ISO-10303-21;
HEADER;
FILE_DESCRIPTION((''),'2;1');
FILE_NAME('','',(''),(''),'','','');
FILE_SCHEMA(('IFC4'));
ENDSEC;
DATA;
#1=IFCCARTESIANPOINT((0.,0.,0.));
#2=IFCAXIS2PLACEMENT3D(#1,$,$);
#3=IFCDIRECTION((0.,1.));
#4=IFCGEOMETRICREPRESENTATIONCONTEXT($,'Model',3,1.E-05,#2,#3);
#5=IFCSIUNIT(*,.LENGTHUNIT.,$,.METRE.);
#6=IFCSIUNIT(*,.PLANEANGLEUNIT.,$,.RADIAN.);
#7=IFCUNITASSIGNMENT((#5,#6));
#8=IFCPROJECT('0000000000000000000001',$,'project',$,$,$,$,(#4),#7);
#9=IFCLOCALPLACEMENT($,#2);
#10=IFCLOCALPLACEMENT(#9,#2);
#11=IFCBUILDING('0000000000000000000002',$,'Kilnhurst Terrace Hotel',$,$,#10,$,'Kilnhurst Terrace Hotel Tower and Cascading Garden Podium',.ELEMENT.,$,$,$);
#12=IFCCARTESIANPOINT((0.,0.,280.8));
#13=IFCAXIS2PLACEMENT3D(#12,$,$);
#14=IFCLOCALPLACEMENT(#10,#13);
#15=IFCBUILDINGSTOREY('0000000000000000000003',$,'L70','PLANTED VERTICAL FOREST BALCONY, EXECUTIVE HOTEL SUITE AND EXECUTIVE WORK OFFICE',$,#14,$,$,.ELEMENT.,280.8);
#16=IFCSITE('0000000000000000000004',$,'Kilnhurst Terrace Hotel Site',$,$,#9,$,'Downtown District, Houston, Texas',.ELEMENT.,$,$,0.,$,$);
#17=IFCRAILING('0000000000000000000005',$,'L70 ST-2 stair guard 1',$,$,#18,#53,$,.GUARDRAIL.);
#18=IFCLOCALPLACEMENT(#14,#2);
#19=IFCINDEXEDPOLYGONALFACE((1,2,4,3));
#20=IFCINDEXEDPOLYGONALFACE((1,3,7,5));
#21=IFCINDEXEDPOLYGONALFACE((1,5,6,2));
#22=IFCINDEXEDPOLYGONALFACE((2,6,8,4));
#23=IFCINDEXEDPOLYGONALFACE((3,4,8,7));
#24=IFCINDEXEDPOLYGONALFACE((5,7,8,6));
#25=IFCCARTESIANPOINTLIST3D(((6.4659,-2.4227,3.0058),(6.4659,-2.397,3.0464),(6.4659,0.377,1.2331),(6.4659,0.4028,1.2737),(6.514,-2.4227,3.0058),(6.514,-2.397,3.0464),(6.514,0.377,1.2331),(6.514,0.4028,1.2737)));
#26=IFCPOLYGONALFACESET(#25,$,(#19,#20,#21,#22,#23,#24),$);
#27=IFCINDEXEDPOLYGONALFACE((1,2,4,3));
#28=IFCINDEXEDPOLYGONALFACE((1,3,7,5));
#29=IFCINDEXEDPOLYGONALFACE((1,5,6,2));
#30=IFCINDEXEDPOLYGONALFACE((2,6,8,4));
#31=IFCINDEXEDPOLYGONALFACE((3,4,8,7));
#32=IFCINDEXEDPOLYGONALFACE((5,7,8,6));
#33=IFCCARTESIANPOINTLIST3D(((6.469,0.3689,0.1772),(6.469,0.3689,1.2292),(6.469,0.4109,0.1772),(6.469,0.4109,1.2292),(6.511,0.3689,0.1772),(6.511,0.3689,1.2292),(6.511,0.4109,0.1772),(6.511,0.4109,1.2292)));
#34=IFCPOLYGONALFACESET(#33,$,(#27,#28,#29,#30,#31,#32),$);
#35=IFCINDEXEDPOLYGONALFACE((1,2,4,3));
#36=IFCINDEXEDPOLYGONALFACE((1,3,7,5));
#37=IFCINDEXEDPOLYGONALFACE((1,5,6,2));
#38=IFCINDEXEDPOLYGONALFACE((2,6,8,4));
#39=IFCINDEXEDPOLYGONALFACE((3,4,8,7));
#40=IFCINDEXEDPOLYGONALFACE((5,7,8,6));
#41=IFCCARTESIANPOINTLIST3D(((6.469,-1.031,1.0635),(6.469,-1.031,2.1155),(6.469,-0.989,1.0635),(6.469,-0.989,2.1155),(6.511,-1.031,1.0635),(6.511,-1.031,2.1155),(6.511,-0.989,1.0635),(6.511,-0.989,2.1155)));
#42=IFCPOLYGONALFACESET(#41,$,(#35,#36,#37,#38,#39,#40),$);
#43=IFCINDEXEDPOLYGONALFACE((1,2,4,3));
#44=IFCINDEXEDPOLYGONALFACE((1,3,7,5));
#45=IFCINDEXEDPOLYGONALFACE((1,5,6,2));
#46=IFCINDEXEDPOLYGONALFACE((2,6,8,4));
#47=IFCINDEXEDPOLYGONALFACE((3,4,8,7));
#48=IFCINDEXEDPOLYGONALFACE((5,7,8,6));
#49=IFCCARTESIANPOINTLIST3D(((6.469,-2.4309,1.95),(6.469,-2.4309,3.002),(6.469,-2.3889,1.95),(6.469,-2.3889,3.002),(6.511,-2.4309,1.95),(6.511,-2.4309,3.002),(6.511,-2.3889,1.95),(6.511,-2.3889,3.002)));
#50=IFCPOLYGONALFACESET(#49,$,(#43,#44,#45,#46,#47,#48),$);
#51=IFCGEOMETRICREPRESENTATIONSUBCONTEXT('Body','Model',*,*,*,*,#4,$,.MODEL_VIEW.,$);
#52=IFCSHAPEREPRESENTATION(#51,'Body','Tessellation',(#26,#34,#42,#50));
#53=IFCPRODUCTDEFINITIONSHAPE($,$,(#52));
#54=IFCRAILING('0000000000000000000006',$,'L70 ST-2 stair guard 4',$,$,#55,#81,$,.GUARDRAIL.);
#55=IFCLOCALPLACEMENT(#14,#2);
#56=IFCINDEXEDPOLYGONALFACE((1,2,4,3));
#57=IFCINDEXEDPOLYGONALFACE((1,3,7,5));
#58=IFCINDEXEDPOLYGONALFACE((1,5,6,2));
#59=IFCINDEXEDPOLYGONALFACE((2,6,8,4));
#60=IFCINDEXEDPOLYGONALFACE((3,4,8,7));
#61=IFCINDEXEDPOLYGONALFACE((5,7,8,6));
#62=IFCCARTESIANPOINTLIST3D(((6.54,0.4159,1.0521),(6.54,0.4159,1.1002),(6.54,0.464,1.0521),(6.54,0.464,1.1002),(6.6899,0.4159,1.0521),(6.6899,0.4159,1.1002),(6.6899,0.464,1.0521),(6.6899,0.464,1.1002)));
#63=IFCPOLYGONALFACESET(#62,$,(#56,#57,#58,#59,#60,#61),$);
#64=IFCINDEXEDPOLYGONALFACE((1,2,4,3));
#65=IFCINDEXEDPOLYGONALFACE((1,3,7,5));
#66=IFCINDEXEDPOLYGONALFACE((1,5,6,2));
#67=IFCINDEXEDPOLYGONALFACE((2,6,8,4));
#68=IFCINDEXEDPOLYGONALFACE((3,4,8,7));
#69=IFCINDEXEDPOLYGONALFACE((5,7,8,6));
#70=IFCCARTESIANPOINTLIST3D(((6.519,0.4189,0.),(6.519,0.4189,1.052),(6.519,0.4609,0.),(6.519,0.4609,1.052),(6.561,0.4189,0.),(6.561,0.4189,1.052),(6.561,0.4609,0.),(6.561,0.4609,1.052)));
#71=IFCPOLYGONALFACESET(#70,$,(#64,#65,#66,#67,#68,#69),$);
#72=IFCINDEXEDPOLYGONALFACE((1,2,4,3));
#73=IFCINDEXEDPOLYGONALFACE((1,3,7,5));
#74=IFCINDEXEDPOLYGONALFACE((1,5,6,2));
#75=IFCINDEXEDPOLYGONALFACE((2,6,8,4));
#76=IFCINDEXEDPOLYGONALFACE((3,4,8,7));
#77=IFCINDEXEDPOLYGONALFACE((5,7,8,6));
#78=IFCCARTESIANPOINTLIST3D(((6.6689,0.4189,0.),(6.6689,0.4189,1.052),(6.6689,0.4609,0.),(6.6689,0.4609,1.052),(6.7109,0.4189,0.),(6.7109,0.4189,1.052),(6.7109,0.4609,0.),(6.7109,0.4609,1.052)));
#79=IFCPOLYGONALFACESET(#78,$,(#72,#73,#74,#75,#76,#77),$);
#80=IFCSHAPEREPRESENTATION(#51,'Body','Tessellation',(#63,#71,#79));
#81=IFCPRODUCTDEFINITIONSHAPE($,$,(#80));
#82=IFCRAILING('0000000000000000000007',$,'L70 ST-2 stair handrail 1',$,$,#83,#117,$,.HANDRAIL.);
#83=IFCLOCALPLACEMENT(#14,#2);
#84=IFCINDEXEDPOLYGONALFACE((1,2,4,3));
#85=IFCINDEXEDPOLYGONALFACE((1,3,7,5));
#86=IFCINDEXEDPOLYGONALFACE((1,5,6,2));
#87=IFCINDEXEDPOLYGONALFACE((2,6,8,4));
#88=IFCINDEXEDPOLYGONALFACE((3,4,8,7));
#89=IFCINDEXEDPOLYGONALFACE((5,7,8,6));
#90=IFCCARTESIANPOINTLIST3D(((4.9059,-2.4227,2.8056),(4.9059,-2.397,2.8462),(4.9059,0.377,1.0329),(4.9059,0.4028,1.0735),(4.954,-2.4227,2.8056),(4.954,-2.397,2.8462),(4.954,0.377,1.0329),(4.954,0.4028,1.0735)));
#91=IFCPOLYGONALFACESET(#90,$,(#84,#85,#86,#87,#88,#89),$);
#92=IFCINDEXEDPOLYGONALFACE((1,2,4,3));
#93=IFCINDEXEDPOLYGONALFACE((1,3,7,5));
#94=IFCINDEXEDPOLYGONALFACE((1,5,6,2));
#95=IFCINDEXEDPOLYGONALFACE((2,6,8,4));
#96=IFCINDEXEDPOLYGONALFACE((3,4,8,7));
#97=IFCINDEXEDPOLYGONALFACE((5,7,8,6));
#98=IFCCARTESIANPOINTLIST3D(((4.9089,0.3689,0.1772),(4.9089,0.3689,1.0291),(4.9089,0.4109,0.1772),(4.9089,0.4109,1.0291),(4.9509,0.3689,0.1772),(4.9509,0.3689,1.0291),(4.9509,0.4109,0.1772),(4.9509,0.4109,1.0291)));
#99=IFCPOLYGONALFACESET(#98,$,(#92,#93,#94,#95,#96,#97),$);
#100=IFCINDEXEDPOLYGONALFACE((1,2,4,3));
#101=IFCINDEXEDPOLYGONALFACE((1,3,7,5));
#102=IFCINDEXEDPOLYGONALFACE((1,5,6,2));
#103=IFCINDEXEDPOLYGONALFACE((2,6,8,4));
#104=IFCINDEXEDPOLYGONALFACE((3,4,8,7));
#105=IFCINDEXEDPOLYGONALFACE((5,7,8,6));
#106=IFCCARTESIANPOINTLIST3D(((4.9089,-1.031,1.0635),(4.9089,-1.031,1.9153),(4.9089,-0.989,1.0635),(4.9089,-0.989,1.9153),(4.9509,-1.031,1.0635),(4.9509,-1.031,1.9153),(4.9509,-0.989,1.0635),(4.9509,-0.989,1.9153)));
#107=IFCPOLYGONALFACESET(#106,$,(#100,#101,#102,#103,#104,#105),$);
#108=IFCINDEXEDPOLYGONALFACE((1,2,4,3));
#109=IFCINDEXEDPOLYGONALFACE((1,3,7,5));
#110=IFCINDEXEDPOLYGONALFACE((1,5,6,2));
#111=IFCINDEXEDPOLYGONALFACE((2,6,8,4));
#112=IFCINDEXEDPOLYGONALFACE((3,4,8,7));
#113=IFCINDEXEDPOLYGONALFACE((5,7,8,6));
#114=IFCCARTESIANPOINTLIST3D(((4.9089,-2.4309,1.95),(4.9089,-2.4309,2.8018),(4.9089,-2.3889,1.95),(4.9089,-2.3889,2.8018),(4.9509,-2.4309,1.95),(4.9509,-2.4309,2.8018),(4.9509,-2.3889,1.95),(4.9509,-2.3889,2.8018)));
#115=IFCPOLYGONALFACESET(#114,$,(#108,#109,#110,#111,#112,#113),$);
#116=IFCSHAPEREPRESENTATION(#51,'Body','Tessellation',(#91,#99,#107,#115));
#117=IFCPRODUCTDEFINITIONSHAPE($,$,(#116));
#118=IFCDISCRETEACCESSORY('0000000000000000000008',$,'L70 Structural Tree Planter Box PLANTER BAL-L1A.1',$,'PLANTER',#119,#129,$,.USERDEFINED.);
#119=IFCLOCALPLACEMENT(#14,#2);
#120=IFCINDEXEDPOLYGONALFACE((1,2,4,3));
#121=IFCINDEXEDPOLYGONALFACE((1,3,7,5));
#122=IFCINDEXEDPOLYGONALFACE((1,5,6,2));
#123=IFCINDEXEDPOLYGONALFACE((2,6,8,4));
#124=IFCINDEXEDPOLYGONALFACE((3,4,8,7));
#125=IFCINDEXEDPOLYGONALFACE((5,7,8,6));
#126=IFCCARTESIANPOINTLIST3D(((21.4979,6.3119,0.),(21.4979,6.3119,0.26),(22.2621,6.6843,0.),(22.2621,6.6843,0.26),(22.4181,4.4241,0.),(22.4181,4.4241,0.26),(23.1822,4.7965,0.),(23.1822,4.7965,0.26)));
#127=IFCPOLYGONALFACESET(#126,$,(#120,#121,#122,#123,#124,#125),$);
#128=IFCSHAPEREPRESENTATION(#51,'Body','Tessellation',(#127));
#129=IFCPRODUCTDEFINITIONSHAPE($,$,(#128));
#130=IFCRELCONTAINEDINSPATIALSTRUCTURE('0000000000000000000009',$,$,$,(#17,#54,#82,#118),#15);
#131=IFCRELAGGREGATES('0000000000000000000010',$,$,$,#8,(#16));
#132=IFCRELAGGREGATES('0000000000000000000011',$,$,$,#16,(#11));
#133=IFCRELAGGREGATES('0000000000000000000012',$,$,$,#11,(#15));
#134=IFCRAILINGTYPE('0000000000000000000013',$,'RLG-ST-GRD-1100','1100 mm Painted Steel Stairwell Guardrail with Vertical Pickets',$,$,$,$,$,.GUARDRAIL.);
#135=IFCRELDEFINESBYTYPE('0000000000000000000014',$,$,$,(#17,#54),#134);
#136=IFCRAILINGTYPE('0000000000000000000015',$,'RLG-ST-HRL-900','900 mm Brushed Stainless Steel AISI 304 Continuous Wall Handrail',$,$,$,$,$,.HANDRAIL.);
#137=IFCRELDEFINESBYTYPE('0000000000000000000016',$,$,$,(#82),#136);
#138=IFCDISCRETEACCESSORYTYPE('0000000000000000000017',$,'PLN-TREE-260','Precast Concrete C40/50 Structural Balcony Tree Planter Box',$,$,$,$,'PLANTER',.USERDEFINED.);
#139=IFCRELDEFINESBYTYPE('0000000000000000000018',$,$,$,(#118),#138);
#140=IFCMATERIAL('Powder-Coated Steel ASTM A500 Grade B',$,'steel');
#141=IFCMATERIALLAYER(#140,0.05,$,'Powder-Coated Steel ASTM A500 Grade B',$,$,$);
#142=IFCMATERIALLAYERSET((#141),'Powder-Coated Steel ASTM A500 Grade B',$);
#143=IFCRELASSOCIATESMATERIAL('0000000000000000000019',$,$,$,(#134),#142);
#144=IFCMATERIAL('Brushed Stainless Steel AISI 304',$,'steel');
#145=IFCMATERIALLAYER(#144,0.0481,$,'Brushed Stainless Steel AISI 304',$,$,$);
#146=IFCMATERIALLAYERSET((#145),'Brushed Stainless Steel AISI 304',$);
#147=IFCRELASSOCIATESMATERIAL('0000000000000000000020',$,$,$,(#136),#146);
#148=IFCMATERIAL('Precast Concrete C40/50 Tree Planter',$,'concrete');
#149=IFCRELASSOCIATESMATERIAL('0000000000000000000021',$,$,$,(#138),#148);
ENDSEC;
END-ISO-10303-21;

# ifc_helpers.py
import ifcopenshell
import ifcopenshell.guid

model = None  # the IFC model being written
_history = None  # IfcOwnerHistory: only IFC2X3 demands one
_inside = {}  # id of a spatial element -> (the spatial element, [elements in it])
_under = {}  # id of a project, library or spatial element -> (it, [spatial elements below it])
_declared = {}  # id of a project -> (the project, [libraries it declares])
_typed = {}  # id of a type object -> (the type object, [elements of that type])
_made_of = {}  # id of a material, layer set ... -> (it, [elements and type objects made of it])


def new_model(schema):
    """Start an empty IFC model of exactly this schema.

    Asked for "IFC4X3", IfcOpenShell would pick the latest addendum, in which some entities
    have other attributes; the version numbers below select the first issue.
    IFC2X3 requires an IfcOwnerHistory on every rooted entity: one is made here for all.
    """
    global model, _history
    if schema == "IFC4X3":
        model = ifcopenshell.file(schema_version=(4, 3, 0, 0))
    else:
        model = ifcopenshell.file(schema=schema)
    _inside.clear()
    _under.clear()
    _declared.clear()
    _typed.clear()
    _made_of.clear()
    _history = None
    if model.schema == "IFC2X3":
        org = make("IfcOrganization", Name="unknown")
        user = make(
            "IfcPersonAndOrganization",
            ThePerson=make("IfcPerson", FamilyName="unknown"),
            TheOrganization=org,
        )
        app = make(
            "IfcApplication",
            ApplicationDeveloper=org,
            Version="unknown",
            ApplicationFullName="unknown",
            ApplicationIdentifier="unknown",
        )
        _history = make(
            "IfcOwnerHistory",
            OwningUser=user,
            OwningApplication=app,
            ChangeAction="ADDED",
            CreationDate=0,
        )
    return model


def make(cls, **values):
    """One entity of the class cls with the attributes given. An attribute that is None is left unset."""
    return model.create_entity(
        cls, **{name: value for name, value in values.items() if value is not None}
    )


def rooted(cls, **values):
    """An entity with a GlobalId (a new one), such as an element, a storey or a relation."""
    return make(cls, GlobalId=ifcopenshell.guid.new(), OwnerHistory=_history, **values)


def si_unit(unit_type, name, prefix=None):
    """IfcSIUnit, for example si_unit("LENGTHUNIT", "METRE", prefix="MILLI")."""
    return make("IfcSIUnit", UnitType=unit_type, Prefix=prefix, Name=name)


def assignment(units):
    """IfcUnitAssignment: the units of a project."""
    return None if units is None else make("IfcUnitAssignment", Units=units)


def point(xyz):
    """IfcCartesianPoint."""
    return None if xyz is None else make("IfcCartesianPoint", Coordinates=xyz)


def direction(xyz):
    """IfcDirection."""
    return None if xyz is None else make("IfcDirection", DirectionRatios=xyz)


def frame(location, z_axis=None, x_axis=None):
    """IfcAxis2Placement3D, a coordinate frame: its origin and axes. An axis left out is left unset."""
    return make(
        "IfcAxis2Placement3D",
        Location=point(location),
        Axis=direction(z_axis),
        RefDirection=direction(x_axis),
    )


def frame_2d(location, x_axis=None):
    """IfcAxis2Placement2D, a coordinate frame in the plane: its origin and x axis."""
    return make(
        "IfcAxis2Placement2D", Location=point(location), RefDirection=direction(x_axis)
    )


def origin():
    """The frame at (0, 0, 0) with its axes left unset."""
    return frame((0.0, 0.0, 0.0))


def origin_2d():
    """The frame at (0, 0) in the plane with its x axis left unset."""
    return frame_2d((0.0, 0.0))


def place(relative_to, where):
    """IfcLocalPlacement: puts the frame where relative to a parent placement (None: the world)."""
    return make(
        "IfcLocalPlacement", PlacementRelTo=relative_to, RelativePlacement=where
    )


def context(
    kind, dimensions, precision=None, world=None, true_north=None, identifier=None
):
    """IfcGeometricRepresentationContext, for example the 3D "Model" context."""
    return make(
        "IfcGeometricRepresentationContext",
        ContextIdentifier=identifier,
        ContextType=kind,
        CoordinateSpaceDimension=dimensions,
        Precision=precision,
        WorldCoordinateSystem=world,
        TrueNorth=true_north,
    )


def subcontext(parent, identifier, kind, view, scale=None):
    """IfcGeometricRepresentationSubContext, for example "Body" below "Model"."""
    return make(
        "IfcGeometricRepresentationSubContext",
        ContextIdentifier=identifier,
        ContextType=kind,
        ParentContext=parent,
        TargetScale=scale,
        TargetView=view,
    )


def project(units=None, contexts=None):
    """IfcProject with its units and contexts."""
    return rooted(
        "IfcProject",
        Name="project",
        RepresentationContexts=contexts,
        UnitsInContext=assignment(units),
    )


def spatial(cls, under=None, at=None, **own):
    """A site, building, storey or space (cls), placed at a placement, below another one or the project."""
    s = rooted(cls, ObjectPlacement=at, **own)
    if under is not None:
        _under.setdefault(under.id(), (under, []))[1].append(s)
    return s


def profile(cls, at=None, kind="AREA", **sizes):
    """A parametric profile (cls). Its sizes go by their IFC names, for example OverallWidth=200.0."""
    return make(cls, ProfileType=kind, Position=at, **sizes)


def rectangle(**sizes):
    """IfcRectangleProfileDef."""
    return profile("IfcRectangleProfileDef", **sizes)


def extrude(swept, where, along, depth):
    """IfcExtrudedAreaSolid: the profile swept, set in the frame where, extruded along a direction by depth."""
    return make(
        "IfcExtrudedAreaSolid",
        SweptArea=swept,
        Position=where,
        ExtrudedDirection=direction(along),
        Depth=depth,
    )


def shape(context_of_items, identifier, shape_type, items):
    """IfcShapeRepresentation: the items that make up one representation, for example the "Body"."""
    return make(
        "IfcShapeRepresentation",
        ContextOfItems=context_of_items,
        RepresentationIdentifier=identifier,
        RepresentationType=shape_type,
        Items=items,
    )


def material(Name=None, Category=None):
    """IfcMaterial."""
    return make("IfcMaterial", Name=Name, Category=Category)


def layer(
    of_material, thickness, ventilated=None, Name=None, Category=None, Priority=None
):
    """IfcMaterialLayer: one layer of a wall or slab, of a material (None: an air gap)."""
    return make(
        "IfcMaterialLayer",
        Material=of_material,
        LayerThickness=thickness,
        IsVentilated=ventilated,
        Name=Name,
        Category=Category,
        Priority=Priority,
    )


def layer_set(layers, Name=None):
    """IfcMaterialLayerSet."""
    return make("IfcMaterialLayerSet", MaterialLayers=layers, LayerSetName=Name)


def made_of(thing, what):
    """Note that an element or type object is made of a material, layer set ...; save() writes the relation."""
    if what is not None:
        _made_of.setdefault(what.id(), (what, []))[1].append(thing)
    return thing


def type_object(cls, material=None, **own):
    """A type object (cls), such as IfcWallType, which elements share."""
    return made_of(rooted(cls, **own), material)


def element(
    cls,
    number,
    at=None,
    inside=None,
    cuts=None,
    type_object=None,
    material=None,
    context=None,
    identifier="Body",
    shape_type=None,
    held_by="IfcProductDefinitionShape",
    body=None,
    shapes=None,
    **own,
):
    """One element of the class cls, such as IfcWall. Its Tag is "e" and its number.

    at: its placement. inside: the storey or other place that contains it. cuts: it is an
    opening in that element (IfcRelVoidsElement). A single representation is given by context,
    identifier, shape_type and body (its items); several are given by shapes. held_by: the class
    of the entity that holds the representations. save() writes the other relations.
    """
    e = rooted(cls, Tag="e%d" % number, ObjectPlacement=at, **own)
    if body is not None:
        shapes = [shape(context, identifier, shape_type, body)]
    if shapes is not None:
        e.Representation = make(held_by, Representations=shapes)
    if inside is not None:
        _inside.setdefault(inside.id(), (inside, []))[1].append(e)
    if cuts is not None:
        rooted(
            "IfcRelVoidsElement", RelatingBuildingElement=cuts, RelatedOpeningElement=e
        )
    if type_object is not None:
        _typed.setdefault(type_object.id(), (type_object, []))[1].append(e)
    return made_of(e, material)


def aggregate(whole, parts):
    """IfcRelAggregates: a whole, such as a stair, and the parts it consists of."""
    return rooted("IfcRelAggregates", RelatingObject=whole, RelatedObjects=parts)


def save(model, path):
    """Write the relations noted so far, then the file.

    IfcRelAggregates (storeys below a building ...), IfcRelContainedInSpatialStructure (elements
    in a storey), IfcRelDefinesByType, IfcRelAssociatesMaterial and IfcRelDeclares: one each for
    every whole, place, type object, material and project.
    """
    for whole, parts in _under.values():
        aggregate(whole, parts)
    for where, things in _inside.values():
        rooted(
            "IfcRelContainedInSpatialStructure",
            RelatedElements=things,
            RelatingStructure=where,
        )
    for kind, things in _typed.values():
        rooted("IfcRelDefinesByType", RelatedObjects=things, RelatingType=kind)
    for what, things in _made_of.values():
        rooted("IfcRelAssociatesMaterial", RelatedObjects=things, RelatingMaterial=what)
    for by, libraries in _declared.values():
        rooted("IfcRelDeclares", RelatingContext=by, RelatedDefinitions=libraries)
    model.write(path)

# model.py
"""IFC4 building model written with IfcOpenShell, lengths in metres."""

from ifc_helpers import new_model, si_unit, direction, frame, origin, origin_2d, place, context, subcontext, project, spatial, rectangle, extrude, material, layer, layer_set, type_object, element, save


model = new_model("IFC4")

# Units and contexts
model_context = context("Model", 3, precision=1e-05, world=origin(), true_north=direction((0.0, 1.0)))
body_context = subcontext(model_context, "Body", "Model", "MODEL_VIEW")
ifc_project = project(units=[si_unit("LENGTHUNIT", "METRE"), si_unit("PLANEANGLEUNIT", "RADIAN")], contexts=[model_context])

# Site, building, storey
site_placement = place(None, origin())
site = spatial("IfcSite", under=ifc_project, at=site_placement, Name="Kilnhurst Terrace Hotel Site", LongName="Downtown District, Houston, Texas", CompositionType="ELEMENT", RefElevation=0.0)
building_placement = place(site_placement, origin())
building = spatial("IfcBuilding", under=site, at=building_placement, Name="Kilnhurst Terrace Hotel", LongName="Kilnhurst Terrace Hotel Tower and Cascading Garden Podium", CompositionType="ELEMENT")
storey_placement = place(building_placement, frame((0.0, 0.0, 280.8)))
storey = spatial("IfcBuildingStorey", under=building, at=storey_placement, Name="L70", Description="PLANTED VERTICAL FOREST BALCONY, EXECUTIVE HOTEL SUITE AND EXECUTIVE WORK OFFICE", CompositionType="ELEMENT", Elevation=280.8)

# Railings
ifc_material_1 = material(Name="Powder-Coated Steel ASTM A500 Grade B", Category="steel")
ifc_layer_1 = layer(ifc_material_1, 0.05, Name="Powder-Coated Steel ASTM A500 Grade B")
ifc_layer_set_1 = layer_set([ifc_layer_1], Name="Powder-Coated Steel ASTM A500 Grade B")
railing_type_1 = type_object("IfcRailingType", Name="RLG-ST-GRD-1100", Description="1100 mm Painted Steel Stairwell Guardrail with Vertical Pickets", PredefinedType="GUARDRAIL", material=ifc_layer_set_1)
railing_1_placement = place(storey_placement, frame((6.49, 0.3899, 0.1772)))
element("IfcRailing", 1, at=railing_1_placement, inside=storey, type_object=railing_type_1, Name="L70 ST-2 stair guard 1", PredefinedType="GUARDRAIL", context=body_context, shape_type="SweptSolid", body=[
    extrude(rectangle(XDim=0.0481, YDim=0.0481, at=origin_2d()), frame((0.0, 0.0, 1.0762), z_axis=(0.0, -0.844888, 0.534943), x_axis=(1.0, 0.0, 0.0)), (0.0, 0.0, 1.0), 3.3137),
    extrude(rectangle(XDim=0.042, YDim=0.042, at=origin_2d()), origin(), (0.0, 0.0, 1.0), 1.052),
    extrude(rectangle(XDim=0.042, YDim=0.042, at=origin_2d()), frame((0.0, -1.3999, 0.8862)), (0.0, 0.0, 1.0), 1.052),
    extrude(rectangle(XDim=0.042, YDim=0.042, at=origin_2d()), frame((0.0, -2.7998, 1.7727)), (0.0, 0.0, 1.0), 1.052),
])
railing_2_placement = place(storey_placement, frame((6.54, 0.4399, 0.0)))
element("IfcRailing", 2, at=railing_2_placement, inside=storey, type_object=railing_type_1, Name="L70 ST-2 stair guard 4", PredefinedType="GUARDRAIL", context=body_context, shape_type="SweptSolid", body=[
    extrude(rectangle(XDim=0.0481, YDim=0.0481, at=origin_2d()), frame((0.0, 0.0, 1.0762), z_axis=(1.0, 0.0, 0.0), x_axis=(0.0, 1.0, 0.0)), (0.0, 0.0, 1.0), 0.1499),
    extrude(rectangle(XDim=0.042, YDim=0.042, at=origin_2d()), origin(), (0.0, 0.0, 1.0), 1.052),
    extrude(rectangle(XDim=0.042, YDim=0.042, at=origin_2d()), frame((0.1499, 0.0, 0.0)), (0.0, 0.0, 1.0), 1.052),
])
ifc_material_2 = material(Name="Brushed Stainless Steel AISI 304", Category="steel")
ifc_layer_2 = layer(ifc_material_2, 0.0481, Name="Brushed Stainless Steel AISI 304")
ifc_layer_set_2 = layer_set([ifc_layer_2], Name="Brushed Stainless Steel AISI 304")
railing_type_2 = type_object("IfcRailingType", Name="RLG-ST-HRL-900", Description="900 mm Brushed Stainless Steel AISI 304 Continuous Wall Handrail", PredefinedType="HANDRAIL", material=ifc_layer_set_2)
railing_3_placement = place(storey_placement, frame((4.9299, 0.3899, 0.1772)))
element("IfcRailing", 3, at=railing_3_placement, inside=storey, type_object=railing_type_2, Name="L70 ST-2 stair handrail 1", PredefinedType="HANDRAIL", context=body_context, shape_type="SweptSolid", body=[
    extrude(rectangle(XDim=0.0481, YDim=0.0481, at=origin_2d()), frame((0.0, 0.0, 0.876), z_axis=(0.0, -0.844888, 0.534943), x_axis=(1.0, 0.0, 0.0)), (0.0, 0.0, 1.0), 3.3137),
    extrude(rectangle(XDim=0.042, YDim=0.042, at=origin_2d()), origin(), (0.0, 0.0, 1.0), 0.8518),
    extrude(rectangle(XDim=0.042, YDim=0.042, at=origin_2d()), frame((0.0, -1.3999, 0.8862)), (0.0, 0.0, 1.0), 0.8518),
    extrude(rectangle(XDim=0.042, YDim=0.042, at=origin_2d()), frame((0.0, -2.7998, 1.7727)), (0.0, 0.0, 1.0), 0.8518),
])

# Discrete accessory
ifc_material_3 = material(Name="Precast Concrete C40/50 Tree Planter", Category="concrete")
discrete_accessory_type = type_object("IfcDiscreteAccessoryType", Name="PLN-TREE-260", Description="Precast Concrete C40/50 Structural Balcony Tree Planter Box", ElementType="PLANTER", PredefinedType="USERDEFINED", material=ifc_material_3)
discrete_accessory_placement = place(storey_placement, frame((22.3401, 5.5542, 0.0), z_axis=(0.0, 0.0, 1.0), x_axis=(-0.438136, 0.898909, 0.0)))
element("IfcDiscreteAccessory", 4, at=discrete_accessory_placement, inside=storey, type_object=discrete_accessory_type, Name="L70 Structural Tree Planter Box PLANTER BAL-L1A.1", ObjectType="PLANTER", PredefinedType="USERDEFINED", context=body_context, shape_type="SweptSolid", body=[
    extrude(rectangle(XDim=2.1001, YDim=0.8501, at=origin_2d()), origin(), (0.0, 0.0, 1.0), 0.26),
])

save(model, "model.ifc")
